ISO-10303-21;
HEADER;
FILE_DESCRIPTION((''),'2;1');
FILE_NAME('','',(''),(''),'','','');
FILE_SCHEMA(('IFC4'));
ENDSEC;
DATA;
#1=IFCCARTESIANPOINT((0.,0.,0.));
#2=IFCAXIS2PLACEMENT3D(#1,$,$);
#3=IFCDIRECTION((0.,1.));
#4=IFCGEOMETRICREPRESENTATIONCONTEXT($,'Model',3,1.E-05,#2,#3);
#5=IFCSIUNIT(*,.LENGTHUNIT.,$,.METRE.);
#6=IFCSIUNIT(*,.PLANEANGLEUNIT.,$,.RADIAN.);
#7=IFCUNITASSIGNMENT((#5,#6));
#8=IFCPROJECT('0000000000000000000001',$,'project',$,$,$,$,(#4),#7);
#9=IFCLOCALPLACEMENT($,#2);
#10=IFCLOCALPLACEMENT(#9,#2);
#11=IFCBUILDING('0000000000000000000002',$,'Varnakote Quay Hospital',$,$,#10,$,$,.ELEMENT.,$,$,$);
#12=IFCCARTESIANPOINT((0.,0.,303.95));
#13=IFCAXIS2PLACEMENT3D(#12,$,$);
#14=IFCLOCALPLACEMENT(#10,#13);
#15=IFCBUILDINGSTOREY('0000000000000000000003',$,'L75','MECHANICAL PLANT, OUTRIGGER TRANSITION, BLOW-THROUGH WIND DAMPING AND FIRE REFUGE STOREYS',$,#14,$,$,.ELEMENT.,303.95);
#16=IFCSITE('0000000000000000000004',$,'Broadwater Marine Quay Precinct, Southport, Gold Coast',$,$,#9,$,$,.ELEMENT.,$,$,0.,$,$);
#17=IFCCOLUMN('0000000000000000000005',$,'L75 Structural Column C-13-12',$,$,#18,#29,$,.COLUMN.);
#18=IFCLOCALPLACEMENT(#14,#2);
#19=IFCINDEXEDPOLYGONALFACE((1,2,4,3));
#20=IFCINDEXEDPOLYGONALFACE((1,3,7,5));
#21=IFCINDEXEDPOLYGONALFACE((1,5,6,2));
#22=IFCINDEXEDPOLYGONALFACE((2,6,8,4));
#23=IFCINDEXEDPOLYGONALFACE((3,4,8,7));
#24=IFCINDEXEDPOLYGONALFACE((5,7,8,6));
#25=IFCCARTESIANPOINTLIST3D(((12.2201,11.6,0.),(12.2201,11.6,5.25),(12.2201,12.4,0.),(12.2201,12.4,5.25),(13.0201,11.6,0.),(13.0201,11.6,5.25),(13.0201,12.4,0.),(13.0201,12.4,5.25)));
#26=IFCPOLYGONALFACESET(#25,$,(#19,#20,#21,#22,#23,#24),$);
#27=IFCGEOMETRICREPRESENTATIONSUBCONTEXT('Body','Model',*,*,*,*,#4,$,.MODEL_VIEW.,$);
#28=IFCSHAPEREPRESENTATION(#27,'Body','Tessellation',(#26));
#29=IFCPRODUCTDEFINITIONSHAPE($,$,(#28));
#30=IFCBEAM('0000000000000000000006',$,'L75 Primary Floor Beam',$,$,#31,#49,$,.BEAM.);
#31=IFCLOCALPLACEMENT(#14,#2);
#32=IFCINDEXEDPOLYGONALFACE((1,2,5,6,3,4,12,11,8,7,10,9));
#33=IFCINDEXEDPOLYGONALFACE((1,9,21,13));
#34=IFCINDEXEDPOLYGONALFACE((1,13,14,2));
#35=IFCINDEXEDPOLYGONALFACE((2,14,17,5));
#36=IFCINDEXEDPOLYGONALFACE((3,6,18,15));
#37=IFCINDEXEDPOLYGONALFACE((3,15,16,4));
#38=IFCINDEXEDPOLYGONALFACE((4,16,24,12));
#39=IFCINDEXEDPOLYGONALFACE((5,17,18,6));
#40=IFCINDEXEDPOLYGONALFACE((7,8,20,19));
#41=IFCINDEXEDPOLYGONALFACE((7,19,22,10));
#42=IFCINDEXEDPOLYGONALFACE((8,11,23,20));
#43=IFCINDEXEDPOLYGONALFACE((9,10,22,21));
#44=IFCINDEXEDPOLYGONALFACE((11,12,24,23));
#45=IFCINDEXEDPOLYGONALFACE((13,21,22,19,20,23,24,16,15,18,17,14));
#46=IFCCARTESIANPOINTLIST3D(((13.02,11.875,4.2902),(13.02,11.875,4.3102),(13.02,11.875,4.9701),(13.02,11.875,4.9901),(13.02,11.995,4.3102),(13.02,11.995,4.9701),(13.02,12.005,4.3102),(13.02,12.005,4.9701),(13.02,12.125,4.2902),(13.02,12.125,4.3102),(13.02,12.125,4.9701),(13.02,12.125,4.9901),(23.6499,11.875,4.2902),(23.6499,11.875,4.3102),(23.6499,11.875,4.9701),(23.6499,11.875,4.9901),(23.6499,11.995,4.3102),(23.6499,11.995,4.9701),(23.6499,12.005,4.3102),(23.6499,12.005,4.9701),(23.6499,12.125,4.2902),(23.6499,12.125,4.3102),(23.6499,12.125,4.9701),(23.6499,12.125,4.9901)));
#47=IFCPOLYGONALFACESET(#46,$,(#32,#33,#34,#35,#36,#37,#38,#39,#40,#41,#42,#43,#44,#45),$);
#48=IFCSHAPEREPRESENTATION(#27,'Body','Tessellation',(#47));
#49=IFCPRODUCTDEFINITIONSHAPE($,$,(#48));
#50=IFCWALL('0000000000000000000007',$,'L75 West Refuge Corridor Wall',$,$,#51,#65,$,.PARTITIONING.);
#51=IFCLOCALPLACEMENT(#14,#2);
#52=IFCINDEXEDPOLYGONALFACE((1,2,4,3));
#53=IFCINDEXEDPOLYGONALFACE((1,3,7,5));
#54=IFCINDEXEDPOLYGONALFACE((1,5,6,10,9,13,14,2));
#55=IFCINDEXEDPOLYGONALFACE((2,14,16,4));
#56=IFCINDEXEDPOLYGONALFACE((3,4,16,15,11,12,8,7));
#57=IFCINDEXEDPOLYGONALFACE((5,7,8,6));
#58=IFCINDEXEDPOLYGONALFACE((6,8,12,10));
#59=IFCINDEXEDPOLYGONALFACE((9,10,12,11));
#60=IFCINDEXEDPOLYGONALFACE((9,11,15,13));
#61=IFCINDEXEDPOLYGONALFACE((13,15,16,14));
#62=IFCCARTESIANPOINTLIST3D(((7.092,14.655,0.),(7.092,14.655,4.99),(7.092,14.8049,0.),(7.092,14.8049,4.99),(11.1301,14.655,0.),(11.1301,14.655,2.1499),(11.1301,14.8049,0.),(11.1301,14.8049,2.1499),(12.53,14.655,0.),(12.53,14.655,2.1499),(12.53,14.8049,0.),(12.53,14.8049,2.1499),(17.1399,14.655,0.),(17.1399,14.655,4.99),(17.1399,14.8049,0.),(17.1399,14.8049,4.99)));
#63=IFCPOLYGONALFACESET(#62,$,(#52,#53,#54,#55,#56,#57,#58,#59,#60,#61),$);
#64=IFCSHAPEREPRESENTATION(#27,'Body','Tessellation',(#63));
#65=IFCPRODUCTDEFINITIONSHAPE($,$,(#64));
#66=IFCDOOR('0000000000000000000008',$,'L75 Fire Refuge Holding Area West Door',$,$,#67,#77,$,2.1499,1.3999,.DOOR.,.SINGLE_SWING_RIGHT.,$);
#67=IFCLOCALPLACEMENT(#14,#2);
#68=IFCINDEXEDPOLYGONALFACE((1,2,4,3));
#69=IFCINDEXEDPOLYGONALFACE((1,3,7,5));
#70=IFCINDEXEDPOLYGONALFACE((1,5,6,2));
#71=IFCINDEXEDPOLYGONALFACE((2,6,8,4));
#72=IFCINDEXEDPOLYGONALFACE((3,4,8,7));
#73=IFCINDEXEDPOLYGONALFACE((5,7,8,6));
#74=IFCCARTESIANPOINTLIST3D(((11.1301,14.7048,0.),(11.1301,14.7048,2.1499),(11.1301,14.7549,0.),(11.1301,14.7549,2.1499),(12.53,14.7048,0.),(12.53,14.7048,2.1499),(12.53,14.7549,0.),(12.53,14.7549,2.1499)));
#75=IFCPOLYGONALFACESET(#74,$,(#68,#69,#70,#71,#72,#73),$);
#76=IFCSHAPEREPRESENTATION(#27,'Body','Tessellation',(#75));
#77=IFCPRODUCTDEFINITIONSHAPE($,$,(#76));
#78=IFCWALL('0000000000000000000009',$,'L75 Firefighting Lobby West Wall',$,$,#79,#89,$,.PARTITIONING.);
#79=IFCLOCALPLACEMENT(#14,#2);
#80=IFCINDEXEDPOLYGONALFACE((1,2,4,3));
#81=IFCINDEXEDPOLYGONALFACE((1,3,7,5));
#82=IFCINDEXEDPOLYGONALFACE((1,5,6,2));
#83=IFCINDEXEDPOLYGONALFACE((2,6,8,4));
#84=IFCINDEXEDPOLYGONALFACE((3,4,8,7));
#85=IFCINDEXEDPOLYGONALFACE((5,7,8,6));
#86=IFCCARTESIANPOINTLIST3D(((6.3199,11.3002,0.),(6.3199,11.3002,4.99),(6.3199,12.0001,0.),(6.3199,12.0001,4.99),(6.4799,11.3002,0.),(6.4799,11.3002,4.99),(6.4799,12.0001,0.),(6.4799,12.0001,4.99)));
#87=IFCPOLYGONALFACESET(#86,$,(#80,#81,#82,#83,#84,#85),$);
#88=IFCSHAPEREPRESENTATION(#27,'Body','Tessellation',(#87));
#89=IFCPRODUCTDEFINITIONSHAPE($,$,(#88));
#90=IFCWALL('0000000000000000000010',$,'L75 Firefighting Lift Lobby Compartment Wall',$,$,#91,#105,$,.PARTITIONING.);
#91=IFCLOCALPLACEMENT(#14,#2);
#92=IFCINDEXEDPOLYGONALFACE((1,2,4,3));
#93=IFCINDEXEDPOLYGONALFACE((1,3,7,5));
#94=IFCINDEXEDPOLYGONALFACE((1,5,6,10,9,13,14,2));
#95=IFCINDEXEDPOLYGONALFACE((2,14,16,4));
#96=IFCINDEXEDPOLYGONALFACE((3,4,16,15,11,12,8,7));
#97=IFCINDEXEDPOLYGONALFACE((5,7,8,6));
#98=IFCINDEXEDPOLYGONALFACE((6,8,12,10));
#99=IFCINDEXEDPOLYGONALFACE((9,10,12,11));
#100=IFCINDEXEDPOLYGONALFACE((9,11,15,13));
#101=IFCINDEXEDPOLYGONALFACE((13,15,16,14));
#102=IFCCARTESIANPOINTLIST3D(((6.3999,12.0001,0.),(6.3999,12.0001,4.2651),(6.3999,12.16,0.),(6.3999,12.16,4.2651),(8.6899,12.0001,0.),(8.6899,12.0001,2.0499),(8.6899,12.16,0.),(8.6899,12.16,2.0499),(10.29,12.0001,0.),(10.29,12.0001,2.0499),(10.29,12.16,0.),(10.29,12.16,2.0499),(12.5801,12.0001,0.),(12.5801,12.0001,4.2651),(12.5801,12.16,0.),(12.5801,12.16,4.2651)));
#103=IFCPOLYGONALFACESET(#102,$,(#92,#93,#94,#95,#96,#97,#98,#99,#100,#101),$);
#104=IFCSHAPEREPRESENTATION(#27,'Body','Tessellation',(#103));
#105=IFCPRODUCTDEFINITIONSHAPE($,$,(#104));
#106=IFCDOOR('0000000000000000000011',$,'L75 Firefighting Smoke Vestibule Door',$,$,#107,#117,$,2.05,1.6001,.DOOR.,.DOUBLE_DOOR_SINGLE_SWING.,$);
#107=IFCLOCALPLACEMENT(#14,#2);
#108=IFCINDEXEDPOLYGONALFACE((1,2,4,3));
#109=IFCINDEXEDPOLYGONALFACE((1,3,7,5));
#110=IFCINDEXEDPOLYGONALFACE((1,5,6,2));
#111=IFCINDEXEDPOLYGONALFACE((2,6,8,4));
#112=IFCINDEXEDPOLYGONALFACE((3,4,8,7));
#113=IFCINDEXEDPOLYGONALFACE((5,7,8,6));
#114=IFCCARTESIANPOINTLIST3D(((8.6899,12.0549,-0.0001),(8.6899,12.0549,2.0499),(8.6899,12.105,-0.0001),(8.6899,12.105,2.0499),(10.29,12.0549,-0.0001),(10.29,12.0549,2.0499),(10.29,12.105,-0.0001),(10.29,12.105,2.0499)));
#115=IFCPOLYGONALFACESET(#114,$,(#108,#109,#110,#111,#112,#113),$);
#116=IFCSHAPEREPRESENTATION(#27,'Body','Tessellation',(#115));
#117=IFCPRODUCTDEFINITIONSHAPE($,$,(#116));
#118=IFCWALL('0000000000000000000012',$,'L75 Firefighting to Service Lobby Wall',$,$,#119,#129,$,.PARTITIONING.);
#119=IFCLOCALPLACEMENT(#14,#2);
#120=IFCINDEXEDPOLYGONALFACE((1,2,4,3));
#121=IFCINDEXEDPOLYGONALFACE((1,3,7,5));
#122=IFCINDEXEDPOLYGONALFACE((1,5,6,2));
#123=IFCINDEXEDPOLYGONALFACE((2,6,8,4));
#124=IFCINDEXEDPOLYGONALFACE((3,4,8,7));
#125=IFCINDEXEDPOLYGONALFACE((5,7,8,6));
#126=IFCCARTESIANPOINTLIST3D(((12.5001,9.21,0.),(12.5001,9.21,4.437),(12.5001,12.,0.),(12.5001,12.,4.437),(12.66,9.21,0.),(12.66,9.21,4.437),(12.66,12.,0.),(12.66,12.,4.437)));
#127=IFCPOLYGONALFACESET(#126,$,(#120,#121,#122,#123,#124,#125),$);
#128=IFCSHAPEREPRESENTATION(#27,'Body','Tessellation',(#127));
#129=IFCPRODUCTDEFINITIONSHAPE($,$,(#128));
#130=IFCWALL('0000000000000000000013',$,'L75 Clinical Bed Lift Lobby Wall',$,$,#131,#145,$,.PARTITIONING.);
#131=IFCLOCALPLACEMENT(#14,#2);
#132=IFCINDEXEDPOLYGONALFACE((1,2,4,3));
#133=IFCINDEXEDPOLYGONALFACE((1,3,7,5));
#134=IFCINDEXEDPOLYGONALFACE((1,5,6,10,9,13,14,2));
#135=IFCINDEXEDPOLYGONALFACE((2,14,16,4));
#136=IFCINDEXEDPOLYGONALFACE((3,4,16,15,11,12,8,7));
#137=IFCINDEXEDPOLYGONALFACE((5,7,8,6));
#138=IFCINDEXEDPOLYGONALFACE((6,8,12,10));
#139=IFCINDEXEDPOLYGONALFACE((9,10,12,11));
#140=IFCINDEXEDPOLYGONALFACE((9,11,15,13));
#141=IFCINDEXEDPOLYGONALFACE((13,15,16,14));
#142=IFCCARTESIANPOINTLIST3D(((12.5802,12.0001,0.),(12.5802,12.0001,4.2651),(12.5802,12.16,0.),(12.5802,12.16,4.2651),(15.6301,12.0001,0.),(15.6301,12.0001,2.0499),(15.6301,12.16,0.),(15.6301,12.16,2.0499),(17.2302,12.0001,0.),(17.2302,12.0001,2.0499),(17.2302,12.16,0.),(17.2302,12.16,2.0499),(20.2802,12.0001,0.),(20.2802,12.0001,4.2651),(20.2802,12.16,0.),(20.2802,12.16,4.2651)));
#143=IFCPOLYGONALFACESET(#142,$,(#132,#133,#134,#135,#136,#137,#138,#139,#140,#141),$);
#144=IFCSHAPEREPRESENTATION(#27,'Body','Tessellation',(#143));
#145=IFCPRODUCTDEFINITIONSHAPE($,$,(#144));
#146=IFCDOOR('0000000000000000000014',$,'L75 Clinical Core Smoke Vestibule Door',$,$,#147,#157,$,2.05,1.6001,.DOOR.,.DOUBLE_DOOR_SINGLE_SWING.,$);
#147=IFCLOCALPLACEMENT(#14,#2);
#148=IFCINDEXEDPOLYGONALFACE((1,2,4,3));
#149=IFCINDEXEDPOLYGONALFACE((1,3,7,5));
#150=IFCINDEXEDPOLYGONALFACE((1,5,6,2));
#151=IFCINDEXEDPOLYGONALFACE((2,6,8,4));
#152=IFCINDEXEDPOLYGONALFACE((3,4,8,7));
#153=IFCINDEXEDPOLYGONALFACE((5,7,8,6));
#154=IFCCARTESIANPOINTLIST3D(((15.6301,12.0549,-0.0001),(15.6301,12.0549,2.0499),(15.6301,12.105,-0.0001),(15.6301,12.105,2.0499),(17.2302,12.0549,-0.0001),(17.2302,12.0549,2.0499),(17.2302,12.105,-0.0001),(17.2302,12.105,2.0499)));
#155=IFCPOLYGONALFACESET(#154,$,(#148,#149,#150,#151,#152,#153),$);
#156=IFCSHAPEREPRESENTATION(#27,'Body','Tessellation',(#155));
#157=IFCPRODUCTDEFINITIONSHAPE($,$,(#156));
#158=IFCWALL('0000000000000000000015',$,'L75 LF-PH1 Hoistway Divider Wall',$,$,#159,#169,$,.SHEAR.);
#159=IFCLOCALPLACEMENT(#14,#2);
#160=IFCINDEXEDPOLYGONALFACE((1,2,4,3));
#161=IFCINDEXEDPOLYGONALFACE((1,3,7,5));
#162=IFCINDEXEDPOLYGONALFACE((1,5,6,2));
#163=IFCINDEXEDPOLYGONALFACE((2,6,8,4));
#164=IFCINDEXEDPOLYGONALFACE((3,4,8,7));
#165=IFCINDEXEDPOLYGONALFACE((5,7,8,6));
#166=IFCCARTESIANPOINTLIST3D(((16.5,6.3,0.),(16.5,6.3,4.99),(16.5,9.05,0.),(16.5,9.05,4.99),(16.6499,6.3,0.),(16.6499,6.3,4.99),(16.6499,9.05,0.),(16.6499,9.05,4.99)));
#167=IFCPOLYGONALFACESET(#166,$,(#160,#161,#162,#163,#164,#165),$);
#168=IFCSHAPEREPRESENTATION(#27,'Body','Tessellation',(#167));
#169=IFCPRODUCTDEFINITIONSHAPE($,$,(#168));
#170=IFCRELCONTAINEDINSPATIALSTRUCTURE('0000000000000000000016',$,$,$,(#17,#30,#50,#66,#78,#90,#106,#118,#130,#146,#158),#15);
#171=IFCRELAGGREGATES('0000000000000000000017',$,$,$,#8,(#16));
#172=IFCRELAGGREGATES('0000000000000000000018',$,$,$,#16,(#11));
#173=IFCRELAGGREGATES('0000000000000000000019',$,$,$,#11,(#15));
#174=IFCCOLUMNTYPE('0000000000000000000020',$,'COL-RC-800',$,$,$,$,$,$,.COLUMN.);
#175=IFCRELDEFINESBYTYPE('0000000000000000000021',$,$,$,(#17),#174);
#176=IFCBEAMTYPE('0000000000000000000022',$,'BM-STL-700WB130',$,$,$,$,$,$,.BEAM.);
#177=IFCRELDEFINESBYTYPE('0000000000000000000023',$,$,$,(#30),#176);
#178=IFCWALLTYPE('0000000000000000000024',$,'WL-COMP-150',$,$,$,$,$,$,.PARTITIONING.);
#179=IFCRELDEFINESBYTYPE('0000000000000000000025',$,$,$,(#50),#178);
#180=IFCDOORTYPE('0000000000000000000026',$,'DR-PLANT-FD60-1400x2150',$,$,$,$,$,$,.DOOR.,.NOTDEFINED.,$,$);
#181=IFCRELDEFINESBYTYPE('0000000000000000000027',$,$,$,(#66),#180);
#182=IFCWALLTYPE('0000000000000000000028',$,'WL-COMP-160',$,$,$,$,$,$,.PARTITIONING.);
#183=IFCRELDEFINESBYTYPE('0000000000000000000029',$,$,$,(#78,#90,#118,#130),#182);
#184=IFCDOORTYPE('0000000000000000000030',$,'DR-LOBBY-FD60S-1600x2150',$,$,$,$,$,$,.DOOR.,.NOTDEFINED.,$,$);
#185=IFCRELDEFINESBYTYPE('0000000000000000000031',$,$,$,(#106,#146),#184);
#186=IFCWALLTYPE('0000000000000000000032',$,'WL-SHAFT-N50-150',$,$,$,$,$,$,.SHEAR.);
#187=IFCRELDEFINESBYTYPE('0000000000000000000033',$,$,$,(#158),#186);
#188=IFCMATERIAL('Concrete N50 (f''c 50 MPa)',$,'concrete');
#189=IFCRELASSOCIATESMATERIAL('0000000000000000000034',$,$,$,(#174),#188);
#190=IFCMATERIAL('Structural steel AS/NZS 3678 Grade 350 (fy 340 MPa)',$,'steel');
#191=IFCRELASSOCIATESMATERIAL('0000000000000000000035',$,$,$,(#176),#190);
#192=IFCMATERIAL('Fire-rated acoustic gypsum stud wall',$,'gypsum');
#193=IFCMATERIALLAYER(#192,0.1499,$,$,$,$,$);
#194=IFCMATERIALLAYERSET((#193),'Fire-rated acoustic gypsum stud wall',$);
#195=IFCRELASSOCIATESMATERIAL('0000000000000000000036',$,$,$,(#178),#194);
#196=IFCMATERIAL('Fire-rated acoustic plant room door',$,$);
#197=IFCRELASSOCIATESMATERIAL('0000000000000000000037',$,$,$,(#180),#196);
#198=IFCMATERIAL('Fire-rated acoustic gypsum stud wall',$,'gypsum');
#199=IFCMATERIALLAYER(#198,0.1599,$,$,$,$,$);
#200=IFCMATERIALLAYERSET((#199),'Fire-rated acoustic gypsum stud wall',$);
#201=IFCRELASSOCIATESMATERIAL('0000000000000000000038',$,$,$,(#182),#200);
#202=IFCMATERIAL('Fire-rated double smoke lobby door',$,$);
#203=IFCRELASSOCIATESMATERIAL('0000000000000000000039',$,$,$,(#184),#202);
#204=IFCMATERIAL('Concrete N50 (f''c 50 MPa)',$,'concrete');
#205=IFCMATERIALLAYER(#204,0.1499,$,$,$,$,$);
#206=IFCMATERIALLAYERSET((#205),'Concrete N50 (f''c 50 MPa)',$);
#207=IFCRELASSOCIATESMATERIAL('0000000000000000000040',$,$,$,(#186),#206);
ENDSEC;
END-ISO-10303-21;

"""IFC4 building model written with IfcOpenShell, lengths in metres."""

from ifc_helpers import new_model, si_unit, direction, frame, frame_2d, origin, origin_2d, place, context, subcontext, project, spatial, rectangle, i_section, extrude, material, layer, layer_set, material_profile, profile_set, type_object, element, fill, save


model = new_model("IFC4")

# Units and contexts
model_context = context("Model", 3, precision=1e-05, world=origin(), true_north=direction((0.0, 1.0)))
body_context = subcontext(model_context, "Body", "Model", "MODEL_VIEW")
ifc_project = project(units=[si_unit("LENGTHUNIT", "METRE"), si_unit("PLANEANGLEUNIT", "RADIAN")], contexts=[model_context])

# Site, building, storey
site_placement = place(None, origin())
site = spatial("IfcSite", under=ifc_project, at=site_placement, Name="Broadwater Marine Quay Precinct, Southport, Gold Coast", CompositionType="ELEMENT", RefElevation=0.0)
building_placement = place(site_placement, origin())
building = spatial("IfcBuilding", under=site, at=building_placement, Name="Varnakote Quay Hospital", CompositionType="ELEMENT")
storey_placement = place(building_placement, frame((0.0, 0.0, 303.95)))
storey = spatial("IfcBuildingStorey", under=building, at=storey_placement, Name="L75", Description="MECHANICAL PLANT, OUTRIGGER TRANSITION, BLOW-THROUGH WIND DAMPING AND FIRE REFUGE STOREYS", CompositionType="ELEMENT", Elevation=303.95)

# Column
ifc_material_1 = material(Name="Concrete N50 (f'c 50 MPa)", Category="concrete")
ifc_material_profile_1 = material_profile(ifc_material_1, rectangle(XDim=0.8, YDim=0.8, at=origin_2d()), Name="RC-COL-800x800")
ifc_profile_set_1 = profile_set([ifc_material_profile_1], Name="Concrete N50 (f'c 50 MPa)")
column_type = type_object("IfcColumnType", Name="COL-RC-800", PredefinedType="COLUMN", material=ifc_profile_set_1)
column_placement = place(storey_placement, frame((12.6201, 12.0, 0.0), z_axis=(0.0, 0.0, 1.0), x_axis=(1.0, 0.0, 0.0)))
element("IfcColumn", 1, at=column_placement, inside=storey, type_object=column_type, Name="L75 Structural Column C-13-12", PredefinedType="COLUMN", context=body_context, shape_type="SweptSolid", body=[
    extrude(rectangle(XDim=0.8, YDim=0.8, at=origin_2d()), origin(), (0.0, 0.0, 1.0), 5.25),
])

# Beam
ifc_material_2 = material(Name="Structural steel AS/NZS 3678 Grade 350 (fy 340 MPa)", Category="steel")
ifc_material_profile_2 = material_profile(ifc_material_2, i_section(OverallWidth=0.25, OverallDepth=0.7, WebThickness=0.01, FlangeThickness=0.02, at=origin_2d()), Name="700WB130")
ifc_profile_set_2 = profile_set([ifc_material_profile_2], Name="Structural steel AS/NZS 3678 Grade 350 (fy 340 MPa)")
beam_type = type_object("IfcBeamType", Name="BM-STL-700WB130", PredefinedType="BEAM", material=ifc_profile_set_2)
beam_placement = place(storey_placement, frame((13.02, 12.0, 4.6401), z_axis=(1.0, 0.0, 0.0), x_axis=(0.0, 1.0, 0.0)))
element("IfcBeam", 2, at=beam_placement, inside=storey, type_object=beam_type, Name="L75 Primary Floor Beam", PredefinedType="BEAM", context=body_context, shape_type="SweptSolid", body=[
    extrude(i_section(OverallWidth=0.25, OverallDepth=0.7, WebThickness=0.01, FlangeThickness=0.02, at=origin_2d()), origin(), (0.0, 0.0, 1.0), 10.6299),
])

# Wall, opening, door
ifc_material_3 = material(Name="Fire-rated acoustic gypsum stud wall", Category="gypsum")
ifc_layer_1 = layer(ifc_material_3, 0.1499)
ifc_layer_set_1 = layer_set([ifc_layer_1], Name="Fire-rated acoustic gypsum stud wall")
wall_type_1 = type_object("IfcWallType", Name="WL-COMP-150", PredefinedType="PARTITIONING", material=ifc_layer_set_1)
wall_1_placement = place(storey_placement, frame((7.092, 14.73, 0.0), z_axis=(0.0, 0.0, 1.0), x_axis=(1.0, 0.0, 0.0)))
wall_1 = element("IfcWall", 3, at=wall_1_placement, inside=storey, type_object=wall_type_1, Name="L75 West Refuge Corridor Wall", PredefinedType="PARTITIONING", context=body_context, shape_type="SweptSolid", body=[
    extrude(rectangle(XDim=10.0479, YDim=0.1499, at=frame_2d((5.0239, 0.0))), origin(), (0.0, 0.0, 1.0), 4.99),
])
opening_1_placement = place(wall_1_placement, frame((4.0381, 0.0, 0.0)))
opening_1 = element("IfcOpeningElement", 4, at=opening_1_placement, cuts=wall_1, PredefinedType="OPENING", context=body_context, shape_type="SweptSolid", body=[
    extrude(rectangle(XDim=1.3999, YDim=2.1499, at=frame_2d((0.7, 1.075))), frame((0.0, 0.085, 0.0), z_axis=(0.0, -1.0, 0.0), x_axis=(1.0, 0.0, 0.0)), (0.0, 0.0, 1.0), 0.1699),
])
ifc_material_4 = material(Name="Fire-rated acoustic plant room door")
door_type_1 = type_object("IfcDoorType", Name="DR-PLANT-FD60-1400x2150", OperationType="NOTDEFINED", PredefinedType="DOOR", material=ifc_material_4)
door_1_placement = place(opening_1_placement, origin())
door_1 = element("IfcDoor", 5, at=door_1_placement, inside=storey, type_object=door_type_1, Name="L75 Fire Refuge Holding Area West Door", OperationType="SINGLE_SWING_RIGHT", OverallHeight=2.1499, OverallWidth=1.3999, PredefinedType="DOOR", context=body_context, shape_type="SweptSolid", body=[
    extrude(rectangle(XDim=1.3999, YDim=2.1499, at=frame_2d((0.7, 1.075))), frame((0.0, 0.0249, 0.0), z_axis=(0.0, -1.0, 0.0), x_axis=(1.0, 0.0, 0.0)), (0.0, 0.0, 1.0), 0.05),
])
fill(opening_1, door_1)

# Wall
ifc_material_5 = material(Name="Fire-rated acoustic gypsum stud wall", Category="gypsum")
ifc_layer_2 = layer(ifc_material_5, 0.1599)
ifc_layer_set_2 = layer_set([ifc_layer_2], Name="Fire-rated acoustic gypsum stud wall")
wall_type_2 = type_object("IfcWallType", Name="WL-COMP-160", PredefinedType="PARTITIONING", material=ifc_layer_set_2)
wall_2_placement = place(storey_placement, frame((6.3999, 11.3, 0.0), z_axis=(0.0, 0.0, 1.0), x_axis=(0.0, 1.0, 0.0)))
element("IfcWall", 6, at=wall_2_placement, inside=storey, type_object=wall_type_2, Name="L75 Firefighting Lobby West Wall", PredefinedType="PARTITIONING", context=body_context, shape_type="SweptSolid", body=[
    extrude(rectangle(XDim=0.7, YDim=0.1599, at=frame_2d((0.3501, 0.0))), origin(), (0.0, 0.0, 1.0), 4.99),
])

# Wall, opening, door
wall_3_placement = place(storey_placement, frame((6.3999, 12.0801, 0.0), z_axis=(0.0, 0.0, 1.0), x_axis=(1.0, 0.0, 0.0)))
wall_3 = element("IfcWall", 7, at=wall_3_placement, inside=storey, type_object=wall_type_2, Name="L75 Firefighting Lift Lobby Compartment Wall", PredefinedType="PARTITIONING", context=body_context, shape_type="SweptSolid", body=[
    extrude(rectangle(XDim=6.1802, YDim=0.1599, at=frame_2d((3.0901, 0.0))), origin(), (0.0, 0.0, 1.0), 4.2651),
])
opening_2_placement = place(wall_3_placement, frame((2.29, 0.0, 0.0)))
opening_2 = element("IfcOpeningElement", 8, at=opening_2_placement, cuts=wall_3, PredefinedType="OPENING", context=body_context, shape_type="SweptSolid", body=[
    extrude(rectangle(XDim=1.6001, YDim=2.05, at=frame_2d((0.8, 1.0249))), frame((0.0, 0.0898, 0.0), z_axis=(0.0, -1.0, 0.0), x_axis=(1.0, 0.0, 0.0)), (0.0, 0.0, 1.0), 0.1799),
])
ifc_material_6 = material(Name="Fire-rated double smoke lobby door")
door_type_2 = type_object("IfcDoorType", Name="DR-LOBBY-FD60S-1600x2150", OperationType="NOTDEFINED", PredefinedType="DOOR", material=ifc_material_6)
door_2_placement = place(opening_2_placement, origin())
door_2 = element("IfcDoor", 9, at=door_2_placement, inside=storey, type_object=door_type_2, Name="L75 Firefighting Smoke Vestibule Door", OperationType="DOUBLE_DOOR_SINGLE_SWING", OverallHeight=2.05, OverallWidth=1.6001, PredefinedType="DOOR", context=body_context, shape_type="SweptSolid", body=[
    extrude(rectangle(XDim=1.6001, YDim=2.05, at=frame_2d((0.8, 1.0249))), frame((0.0, 0.0249, 0.0), z_axis=(0.0, -1.0, 0.0), x_axis=(1.0, 0.0, 0.0)), (0.0, 0.0, 1.0), 0.05),
])
fill(opening_2, door_2)

# Wall
wall_4_placement = place(storey_placement, frame((12.5801, 9.21, 0.0), z_axis=(0.0, 0.0, 1.0), x_axis=(0.0, 1.0, 0.0)))
element("IfcWall", 10, at=wall_4_placement, inside=storey, type_object=wall_type_2, Name="L75 Firefighting to Service Lobby Wall", PredefinedType="PARTITIONING", context=body_context, shape_type="SweptSolid", body=[
    extrude(rectangle(XDim=2.79, YDim=0.1599, at=frame_2d((1.395, 0.0))), origin(), (0.0, 0.0, 1.0), 4.437),
])

# Wall, opening, door
wall_5_placement = place(storey_placement, frame((12.5801, 12.0801, 0.0), z_axis=(0.0, 0.0, 1.0), x_axis=(1.0, 0.0, 0.0)))
wall_5 = element("IfcWall", 11, at=wall_5_placement, inside=storey, type_object=wall_type_2, Name="L75 Clinical Bed Lift Lobby Wall", PredefinedType="PARTITIONING", context=body_context, shape_type="SweptSolid", body=[
    extrude(rectangle(XDim=7.7, YDim=0.1599, at=frame_2d((3.8501, 0.0))), origin(), (0.0, 0.0, 1.0), 4.2651),
])
opening_3_placement = place(wall_5_placement, frame((3.05, 0.0, 0.0)))
opening_3 = element("IfcOpeningElement", 12, at=opening_3_placement, cuts=wall_5, PredefinedType="OPENING", context=body_context, shape_type="SweptSolid", body=[
    extrude(rectangle(XDim=1.6001, YDim=2.05, at=frame_2d((0.8, 1.0249))), frame((0.0, 0.0898, 0.0), z_axis=(0.0, -1.0, 0.0), x_axis=(1.0, 0.0, 0.0)), (0.0, 0.0, 1.0), 0.1799),
])
door_3_placement = place(opening_3_placement, origin())
door_3 = element("IfcDoor", 13, at=door_3_placement, inside=storey, type_object=door_type_2, Name="L75 Clinical Core Smoke Vestibule Door", OperationType="DOUBLE_DOOR_SINGLE_SWING", OverallHeight=2.05, OverallWidth=1.6001, PredefinedType="DOOR", context=body_context, shape_type="SweptSolid", body=[
    extrude(rectangle(XDim=1.6001, YDim=2.05, at=frame_2d((0.8, 1.0249))), frame((0.0, 0.0249, 0.0), z_axis=(0.0, -1.0, 0.0), x_axis=(1.0, 0.0, 0.0)), (0.0, 0.0, 1.0), 0.05),
])
fill(opening_3, door_3)

# Wall
ifc_material_7 = material(Name="Concrete N50 (f'c 50 MPa)", Category="concrete")
ifc_layer_3 = layer(ifc_material_7, 0.1499)
ifc_layer_set_3 = layer_set([ifc_layer_3], Name="Concrete N50 (f'c 50 MPa)")
wall_type_3 = type_object("IfcWallType", Name="WL-SHAFT-N50-150", PredefinedType="SHEAR", material=ifc_layer_set_3)
wall_6_placement = place(storey_placement, frame((16.575, 6.3, 0.0), z_axis=(0.0, 0.0, 1.0), x_axis=(0.0, 1.0, 0.0)))
element("IfcWall", 14, at=wall_6_placement, inside=storey, type_object=wall_type_3, Name="L75 LF-PH1 Hoistway Divider Wall", PredefinedType="SHEAR", context=body_context, shape_type="SweptSolid", body=[
    extrude(rectangle(XDim=2.75, YDim=0.1499, at=frame_2d((1.375, 0.0))), origin(), (0.0, 0.0, 1.0), 4.99),
])

save(model, "model.ifc")
